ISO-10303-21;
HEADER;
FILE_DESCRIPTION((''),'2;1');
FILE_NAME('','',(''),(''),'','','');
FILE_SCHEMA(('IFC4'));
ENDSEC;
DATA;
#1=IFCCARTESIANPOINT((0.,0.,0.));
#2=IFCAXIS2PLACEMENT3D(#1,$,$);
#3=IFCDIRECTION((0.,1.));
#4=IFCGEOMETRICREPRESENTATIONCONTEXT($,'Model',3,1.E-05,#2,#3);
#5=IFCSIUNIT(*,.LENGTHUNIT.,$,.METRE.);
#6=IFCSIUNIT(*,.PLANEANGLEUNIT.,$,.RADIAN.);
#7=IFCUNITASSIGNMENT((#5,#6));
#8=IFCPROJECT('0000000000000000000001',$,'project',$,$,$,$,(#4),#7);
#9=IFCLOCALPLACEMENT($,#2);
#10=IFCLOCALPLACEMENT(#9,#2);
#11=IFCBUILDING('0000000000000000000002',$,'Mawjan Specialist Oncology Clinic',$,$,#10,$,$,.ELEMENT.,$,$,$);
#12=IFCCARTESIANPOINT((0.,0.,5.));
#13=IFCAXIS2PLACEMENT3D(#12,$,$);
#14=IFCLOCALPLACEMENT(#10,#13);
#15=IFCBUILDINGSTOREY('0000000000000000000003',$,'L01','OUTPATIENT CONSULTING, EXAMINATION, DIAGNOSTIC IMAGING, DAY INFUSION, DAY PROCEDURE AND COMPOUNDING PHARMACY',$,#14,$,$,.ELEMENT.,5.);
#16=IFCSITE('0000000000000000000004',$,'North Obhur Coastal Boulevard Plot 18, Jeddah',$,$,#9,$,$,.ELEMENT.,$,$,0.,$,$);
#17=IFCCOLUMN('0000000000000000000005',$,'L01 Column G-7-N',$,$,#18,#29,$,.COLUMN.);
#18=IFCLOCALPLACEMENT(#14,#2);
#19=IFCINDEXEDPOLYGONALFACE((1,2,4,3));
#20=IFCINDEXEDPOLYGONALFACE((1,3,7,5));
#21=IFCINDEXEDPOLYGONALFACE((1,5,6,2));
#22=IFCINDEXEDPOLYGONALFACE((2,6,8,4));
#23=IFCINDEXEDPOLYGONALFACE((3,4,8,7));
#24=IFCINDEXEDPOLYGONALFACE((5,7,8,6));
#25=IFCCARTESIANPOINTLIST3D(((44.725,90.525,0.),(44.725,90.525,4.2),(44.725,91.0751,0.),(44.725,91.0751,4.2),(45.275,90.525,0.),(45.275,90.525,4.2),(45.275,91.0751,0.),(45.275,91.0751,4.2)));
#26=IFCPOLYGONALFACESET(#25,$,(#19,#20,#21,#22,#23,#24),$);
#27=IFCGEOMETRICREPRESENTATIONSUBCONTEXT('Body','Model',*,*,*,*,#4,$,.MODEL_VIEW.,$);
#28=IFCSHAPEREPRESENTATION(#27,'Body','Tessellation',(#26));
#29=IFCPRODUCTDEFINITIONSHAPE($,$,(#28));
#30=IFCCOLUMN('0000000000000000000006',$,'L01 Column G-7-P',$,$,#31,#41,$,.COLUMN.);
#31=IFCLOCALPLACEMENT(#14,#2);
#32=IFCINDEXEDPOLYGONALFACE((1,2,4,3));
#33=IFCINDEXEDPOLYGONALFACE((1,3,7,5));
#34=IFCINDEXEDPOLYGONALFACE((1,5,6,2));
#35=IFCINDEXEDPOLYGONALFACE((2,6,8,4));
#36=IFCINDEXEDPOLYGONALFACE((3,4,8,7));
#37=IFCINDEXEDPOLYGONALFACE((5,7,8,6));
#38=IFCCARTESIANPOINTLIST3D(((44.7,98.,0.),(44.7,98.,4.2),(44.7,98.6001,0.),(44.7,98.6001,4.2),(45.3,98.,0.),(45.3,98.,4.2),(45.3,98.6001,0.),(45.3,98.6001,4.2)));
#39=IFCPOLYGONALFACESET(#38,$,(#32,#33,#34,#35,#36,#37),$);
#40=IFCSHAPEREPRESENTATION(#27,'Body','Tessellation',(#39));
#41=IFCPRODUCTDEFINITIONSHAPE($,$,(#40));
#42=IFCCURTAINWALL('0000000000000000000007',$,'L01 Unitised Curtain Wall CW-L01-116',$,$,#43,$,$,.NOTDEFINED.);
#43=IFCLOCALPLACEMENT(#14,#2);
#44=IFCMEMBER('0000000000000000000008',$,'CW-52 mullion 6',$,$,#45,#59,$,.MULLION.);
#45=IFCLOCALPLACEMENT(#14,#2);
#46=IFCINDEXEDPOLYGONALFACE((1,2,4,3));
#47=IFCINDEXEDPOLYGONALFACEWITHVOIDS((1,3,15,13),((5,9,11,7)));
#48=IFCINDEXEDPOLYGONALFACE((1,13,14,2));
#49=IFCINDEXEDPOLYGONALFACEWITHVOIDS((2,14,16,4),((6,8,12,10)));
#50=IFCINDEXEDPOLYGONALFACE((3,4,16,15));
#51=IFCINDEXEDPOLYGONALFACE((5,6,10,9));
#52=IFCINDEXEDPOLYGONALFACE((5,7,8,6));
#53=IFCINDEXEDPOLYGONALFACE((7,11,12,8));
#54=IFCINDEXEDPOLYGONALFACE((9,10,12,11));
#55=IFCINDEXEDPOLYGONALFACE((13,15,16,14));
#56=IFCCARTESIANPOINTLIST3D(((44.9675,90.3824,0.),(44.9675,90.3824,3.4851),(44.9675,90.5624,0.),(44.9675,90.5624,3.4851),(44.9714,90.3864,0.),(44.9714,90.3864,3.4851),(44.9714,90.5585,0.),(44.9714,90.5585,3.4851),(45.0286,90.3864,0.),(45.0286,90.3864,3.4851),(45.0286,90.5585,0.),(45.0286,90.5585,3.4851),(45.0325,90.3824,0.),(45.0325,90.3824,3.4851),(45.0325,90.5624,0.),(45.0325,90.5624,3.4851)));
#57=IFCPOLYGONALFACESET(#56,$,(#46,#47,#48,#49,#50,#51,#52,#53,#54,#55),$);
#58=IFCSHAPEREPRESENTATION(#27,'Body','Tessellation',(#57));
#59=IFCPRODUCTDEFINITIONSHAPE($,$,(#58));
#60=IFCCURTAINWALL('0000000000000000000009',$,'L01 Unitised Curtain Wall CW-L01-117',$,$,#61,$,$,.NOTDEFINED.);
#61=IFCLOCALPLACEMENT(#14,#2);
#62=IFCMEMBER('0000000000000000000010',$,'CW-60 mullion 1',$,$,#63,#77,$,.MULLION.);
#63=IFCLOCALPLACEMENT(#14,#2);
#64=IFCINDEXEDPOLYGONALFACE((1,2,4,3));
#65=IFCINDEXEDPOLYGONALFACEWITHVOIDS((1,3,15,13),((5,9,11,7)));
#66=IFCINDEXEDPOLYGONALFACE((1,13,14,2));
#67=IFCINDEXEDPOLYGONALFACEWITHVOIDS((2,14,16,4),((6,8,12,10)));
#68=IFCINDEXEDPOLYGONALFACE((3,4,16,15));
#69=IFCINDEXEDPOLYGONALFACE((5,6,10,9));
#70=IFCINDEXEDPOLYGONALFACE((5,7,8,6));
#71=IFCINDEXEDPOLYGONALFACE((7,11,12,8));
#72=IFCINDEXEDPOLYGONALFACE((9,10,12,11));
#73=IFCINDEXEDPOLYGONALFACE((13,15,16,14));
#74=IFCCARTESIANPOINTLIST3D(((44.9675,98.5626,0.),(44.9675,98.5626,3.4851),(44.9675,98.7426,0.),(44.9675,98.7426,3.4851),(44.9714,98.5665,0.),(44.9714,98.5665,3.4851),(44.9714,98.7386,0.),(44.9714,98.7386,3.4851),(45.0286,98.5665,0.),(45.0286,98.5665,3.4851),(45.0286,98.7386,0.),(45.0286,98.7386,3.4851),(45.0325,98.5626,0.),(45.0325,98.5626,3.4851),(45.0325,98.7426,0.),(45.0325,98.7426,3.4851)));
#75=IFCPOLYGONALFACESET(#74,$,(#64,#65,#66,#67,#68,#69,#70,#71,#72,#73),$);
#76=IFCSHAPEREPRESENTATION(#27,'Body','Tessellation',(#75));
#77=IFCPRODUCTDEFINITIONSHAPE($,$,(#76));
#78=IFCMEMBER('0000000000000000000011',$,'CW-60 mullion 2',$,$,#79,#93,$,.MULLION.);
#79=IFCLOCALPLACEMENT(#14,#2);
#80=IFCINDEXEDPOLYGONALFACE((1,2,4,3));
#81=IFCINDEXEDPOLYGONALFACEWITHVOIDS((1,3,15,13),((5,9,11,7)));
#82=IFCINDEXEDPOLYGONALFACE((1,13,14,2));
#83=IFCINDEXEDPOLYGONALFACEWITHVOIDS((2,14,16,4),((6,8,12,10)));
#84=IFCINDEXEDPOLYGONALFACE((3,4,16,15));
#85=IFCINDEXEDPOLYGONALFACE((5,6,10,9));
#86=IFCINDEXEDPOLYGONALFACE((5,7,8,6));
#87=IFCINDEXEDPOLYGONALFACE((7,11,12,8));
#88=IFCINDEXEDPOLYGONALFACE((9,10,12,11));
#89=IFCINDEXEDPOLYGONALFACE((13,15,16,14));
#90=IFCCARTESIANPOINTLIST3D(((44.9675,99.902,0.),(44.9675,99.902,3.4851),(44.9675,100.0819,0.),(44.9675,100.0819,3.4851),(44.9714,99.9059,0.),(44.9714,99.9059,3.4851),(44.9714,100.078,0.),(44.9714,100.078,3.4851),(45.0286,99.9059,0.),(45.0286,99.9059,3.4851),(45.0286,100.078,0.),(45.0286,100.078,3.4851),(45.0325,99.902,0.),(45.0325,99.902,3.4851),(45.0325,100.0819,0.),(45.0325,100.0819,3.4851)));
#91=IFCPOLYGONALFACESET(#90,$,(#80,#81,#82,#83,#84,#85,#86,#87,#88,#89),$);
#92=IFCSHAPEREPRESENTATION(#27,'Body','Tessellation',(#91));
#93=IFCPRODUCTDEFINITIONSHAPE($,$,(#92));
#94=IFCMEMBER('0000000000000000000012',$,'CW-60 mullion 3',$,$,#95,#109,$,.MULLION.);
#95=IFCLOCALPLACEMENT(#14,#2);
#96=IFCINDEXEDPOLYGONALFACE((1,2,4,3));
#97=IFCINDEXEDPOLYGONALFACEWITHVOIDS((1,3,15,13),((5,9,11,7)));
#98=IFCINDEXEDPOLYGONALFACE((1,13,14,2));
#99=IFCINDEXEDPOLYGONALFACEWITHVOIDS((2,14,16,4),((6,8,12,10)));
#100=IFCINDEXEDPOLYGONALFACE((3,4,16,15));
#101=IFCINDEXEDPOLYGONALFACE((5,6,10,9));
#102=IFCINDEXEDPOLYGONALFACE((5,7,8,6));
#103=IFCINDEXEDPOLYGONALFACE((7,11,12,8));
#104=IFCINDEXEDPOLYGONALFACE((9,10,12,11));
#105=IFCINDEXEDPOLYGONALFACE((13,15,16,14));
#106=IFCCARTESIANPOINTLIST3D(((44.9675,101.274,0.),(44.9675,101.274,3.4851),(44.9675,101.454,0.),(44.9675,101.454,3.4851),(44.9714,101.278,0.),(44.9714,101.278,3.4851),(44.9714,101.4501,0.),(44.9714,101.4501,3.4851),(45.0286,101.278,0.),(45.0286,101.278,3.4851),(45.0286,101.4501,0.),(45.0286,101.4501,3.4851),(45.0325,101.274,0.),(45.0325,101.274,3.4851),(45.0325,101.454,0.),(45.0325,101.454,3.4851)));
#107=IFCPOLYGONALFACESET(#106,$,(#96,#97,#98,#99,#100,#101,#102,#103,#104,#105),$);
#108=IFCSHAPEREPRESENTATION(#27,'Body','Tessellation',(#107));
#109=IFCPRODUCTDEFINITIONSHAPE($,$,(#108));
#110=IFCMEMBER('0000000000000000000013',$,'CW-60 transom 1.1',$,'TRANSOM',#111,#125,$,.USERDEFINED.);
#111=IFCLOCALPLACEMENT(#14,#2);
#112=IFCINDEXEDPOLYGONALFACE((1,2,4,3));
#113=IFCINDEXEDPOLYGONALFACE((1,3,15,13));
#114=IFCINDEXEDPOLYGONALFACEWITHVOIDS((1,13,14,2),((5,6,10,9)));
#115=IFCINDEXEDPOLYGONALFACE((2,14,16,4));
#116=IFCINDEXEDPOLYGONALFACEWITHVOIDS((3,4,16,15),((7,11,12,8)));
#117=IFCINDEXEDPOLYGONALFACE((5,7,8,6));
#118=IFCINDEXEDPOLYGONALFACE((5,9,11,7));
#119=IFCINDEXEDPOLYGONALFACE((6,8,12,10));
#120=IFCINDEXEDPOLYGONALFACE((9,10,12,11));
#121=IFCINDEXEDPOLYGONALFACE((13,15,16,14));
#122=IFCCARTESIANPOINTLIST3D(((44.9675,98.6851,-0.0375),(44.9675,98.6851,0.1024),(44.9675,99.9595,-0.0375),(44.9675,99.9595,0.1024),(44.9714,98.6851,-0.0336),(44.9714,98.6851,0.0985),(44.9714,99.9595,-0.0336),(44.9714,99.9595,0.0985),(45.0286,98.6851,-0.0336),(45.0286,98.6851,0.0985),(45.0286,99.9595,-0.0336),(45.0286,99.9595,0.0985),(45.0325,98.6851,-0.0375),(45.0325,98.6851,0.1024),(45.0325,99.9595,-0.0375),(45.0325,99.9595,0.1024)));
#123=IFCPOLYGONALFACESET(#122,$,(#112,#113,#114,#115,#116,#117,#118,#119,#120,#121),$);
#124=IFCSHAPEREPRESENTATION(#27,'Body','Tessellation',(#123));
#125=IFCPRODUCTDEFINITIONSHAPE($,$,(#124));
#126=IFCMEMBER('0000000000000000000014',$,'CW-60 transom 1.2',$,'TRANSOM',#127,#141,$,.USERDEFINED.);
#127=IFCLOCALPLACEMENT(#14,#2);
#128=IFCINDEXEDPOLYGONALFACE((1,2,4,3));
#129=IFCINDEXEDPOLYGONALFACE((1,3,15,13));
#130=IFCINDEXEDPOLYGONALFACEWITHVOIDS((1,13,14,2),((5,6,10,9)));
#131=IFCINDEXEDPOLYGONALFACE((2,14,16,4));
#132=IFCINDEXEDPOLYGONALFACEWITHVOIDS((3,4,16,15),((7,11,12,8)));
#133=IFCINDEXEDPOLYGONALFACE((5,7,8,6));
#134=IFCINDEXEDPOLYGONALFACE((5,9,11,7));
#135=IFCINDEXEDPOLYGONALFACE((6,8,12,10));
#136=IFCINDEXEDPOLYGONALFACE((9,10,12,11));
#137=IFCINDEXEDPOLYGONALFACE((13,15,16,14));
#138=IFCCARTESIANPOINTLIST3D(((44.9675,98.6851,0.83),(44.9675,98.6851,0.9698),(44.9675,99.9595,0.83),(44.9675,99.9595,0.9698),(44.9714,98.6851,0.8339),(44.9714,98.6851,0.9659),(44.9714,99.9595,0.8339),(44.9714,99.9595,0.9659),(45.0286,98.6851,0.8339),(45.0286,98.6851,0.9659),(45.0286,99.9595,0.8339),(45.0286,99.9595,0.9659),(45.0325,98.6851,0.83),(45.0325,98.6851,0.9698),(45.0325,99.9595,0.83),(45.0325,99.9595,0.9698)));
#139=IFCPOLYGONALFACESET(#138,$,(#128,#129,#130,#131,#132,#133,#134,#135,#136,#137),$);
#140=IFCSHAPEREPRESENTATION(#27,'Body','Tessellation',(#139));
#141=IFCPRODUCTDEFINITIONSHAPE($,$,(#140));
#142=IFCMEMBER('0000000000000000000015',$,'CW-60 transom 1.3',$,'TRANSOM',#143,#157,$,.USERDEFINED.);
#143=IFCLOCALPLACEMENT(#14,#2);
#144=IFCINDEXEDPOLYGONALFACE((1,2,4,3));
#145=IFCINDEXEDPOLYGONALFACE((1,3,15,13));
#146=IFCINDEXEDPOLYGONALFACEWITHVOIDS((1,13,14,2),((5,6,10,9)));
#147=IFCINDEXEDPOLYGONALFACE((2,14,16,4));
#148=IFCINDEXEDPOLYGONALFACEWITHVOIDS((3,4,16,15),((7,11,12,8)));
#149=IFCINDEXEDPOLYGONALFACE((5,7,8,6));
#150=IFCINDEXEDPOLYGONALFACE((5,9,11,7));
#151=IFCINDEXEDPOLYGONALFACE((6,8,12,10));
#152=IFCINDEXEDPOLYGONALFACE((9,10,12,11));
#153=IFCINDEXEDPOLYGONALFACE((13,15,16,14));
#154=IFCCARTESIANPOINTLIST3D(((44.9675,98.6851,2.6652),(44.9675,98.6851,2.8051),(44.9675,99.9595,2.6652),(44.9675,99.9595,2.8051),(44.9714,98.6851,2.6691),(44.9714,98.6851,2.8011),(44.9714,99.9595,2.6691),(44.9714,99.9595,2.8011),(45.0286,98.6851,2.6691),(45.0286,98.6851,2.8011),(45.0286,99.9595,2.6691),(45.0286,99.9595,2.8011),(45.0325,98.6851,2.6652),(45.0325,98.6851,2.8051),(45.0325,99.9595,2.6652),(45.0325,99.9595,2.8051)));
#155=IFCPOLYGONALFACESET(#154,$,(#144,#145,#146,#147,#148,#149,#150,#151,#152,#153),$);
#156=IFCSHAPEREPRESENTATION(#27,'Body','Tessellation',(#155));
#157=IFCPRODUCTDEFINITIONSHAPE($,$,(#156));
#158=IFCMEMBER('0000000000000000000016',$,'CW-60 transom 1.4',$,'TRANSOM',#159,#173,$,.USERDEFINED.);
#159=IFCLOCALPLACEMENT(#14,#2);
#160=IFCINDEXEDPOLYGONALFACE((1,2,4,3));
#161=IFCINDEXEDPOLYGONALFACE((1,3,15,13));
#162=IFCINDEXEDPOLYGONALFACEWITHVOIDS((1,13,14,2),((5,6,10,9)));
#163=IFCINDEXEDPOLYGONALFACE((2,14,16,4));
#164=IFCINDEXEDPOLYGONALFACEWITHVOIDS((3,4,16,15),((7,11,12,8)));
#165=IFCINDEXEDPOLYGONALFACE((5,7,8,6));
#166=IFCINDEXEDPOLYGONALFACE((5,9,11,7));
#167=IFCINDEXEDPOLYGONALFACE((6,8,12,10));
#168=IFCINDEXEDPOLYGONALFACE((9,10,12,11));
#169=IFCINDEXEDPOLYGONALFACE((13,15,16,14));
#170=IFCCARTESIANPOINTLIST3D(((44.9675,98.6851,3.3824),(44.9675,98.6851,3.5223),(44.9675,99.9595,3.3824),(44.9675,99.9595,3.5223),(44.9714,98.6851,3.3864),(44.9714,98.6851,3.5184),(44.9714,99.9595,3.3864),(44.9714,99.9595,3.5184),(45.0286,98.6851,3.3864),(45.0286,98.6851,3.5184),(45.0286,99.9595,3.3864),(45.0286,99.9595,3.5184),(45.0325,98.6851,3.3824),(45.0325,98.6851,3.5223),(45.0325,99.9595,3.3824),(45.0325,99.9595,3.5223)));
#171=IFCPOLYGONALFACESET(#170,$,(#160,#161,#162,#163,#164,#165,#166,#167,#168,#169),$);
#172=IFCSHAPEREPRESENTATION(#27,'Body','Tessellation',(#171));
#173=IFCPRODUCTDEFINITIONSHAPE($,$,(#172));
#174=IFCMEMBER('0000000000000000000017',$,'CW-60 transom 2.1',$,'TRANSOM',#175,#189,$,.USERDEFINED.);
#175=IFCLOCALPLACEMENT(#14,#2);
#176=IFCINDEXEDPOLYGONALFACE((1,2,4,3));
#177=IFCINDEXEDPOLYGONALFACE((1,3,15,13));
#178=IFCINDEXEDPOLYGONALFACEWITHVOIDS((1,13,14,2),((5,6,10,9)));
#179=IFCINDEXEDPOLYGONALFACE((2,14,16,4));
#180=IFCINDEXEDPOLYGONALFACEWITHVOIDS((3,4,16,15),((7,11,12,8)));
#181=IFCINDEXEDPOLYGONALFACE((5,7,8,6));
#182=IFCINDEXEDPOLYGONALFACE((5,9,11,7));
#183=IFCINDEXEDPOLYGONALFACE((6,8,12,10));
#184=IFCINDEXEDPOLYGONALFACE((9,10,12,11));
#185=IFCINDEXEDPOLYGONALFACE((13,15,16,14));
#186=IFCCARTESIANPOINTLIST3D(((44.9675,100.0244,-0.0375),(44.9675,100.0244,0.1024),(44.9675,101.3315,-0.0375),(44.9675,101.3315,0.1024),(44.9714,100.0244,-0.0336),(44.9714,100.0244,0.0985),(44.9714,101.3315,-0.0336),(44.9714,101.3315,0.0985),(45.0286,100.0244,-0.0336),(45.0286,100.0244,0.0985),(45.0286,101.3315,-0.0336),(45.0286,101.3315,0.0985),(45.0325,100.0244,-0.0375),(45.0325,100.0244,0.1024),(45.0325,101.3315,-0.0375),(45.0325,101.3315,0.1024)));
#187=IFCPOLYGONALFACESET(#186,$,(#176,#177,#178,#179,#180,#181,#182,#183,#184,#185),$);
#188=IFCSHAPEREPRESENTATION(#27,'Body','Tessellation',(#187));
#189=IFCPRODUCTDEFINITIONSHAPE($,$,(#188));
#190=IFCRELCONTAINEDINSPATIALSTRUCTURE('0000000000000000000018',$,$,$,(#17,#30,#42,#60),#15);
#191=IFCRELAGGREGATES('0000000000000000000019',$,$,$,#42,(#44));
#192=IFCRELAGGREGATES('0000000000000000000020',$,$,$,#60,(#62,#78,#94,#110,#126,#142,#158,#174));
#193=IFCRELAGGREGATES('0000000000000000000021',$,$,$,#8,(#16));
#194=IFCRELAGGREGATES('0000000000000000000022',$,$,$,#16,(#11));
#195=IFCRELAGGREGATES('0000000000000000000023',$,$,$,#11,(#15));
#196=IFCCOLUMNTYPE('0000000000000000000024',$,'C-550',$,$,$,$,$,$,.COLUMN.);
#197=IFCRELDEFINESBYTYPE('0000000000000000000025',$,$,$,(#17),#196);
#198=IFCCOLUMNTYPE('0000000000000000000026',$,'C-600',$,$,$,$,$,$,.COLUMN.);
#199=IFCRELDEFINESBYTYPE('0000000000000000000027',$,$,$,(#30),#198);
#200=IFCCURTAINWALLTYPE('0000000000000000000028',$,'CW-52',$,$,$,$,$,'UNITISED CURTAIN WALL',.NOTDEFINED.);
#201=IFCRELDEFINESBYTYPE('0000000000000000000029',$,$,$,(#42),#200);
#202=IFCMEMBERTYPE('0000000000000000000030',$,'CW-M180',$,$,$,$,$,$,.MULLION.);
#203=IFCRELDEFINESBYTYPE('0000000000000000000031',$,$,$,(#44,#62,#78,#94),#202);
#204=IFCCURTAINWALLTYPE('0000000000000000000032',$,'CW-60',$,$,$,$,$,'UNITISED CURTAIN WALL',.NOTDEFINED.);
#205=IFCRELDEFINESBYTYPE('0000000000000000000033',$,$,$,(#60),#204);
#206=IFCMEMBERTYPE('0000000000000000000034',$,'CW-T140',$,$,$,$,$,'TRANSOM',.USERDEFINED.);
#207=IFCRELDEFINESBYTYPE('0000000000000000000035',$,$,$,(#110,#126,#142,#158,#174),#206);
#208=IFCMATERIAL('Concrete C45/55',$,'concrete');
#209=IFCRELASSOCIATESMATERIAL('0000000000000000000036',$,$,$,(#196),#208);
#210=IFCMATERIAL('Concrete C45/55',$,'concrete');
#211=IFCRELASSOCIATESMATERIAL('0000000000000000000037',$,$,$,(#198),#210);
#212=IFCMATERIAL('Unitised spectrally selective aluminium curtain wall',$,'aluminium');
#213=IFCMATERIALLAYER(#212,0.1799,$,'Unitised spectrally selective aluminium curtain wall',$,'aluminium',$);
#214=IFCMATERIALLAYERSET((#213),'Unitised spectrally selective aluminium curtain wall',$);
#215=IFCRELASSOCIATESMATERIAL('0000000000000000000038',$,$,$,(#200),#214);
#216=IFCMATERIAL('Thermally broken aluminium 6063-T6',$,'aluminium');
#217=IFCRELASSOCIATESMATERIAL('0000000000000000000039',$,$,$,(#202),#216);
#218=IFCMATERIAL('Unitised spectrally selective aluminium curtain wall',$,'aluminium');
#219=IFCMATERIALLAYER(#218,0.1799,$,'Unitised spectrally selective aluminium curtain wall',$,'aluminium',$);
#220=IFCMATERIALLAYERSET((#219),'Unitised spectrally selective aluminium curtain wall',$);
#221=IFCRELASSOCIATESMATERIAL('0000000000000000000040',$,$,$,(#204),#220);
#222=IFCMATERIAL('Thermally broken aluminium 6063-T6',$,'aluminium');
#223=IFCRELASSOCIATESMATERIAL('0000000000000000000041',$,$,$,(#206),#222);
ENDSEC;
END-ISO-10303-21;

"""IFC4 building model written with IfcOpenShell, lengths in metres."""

from ifc_helpers import new_model, si_unit, direction, frame, origin, origin_2d, place, context, subcontext, project, spatial, rectangle, hollow_rectangle, extrude, material, layer, layer_set, material_profile, profile_set, type_object, element, aggregate, save


model = new_model("IFC4")

# Units and contexts
model_context = context("Model", 3, precision=1e-05, world=origin(), true_north=direction((0.0, 1.0)))
body_context = subcontext(model_context, "Body", "Model", "MODEL_VIEW")
ifc_project = project(units=[si_unit("LENGTHUNIT", "METRE"), si_unit("PLANEANGLEUNIT", "RADIAN")], contexts=[model_context])

# Site, building, storey
site_placement = place(None, origin())
site = spatial("IfcSite", under=ifc_project, at=site_placement, Name="North Obhur Coastal Boulevard Plot 18, Jeddah", CompositionType="ELEMENT", RefElevation=0.0)
building_placement = place(site_placement, origin())
building = spatial("IfcBuilding", under=site, at=building_placement, Name="Mawjan Specialist Oncology Clinic", CompositionType="ELEMENT")
storey_placement = place(building_placement, frame((0.0, 0.0, 5.0)))
storey = spatial("IfcBuildingStorey", under=building, at=storey_placement, Name="L01", Description="OUTPATIENT CONSULTING, EXAMINATION, DIAGNOSTIC IMAGING, DAY INFUSION, DAY PROCEDURE AND COMPOUNDING PHARMACY", CompositionType="ELEMENT", Elevation=5.0)

# Columns
ifc_material_1 = material(Name="Concrete C45/55", Category="concrete")
ifc_material_profile_1 = material_profile(ifc_material_1, rectangle(XDim=0.55, YDim=0.55, at=origin_2d()), Name="RC COL 550x550", Category="concrete")
ifc_profile_set_1 = profile_set([ifc_material_profile_1], Name="Concrete C45/55")
column_type_1 = type_object("IfcColumnType", Name="C-550", PredefinedType="COLUMN", material=ifc_profile_set_1)
column_1_placement = place(storey_placement, frame((45.0, 90.8, 0.0), z_axis=(0.0, 0.0, 1.0), x_axis=(1.0, 0.0, 0.0)))
element("IfcColumn", 1, at=column_1_placement, inside=storey, type_object=column_type_1, Name="L01 Column G-7-N", PredefinedType="COLUMN", context=body_context, shape_type="SweptSolid", body=[
    extrude(rectangle(XDim=0.55, YDim=0.55, at=origin_2d()), origin(), (0.0, 0.0, 1.0), 4.2),
])
ifc_material_2 = material(Name="Concrete C45/55", Category="concrete")
ifc_material_profile_2 = material_profile(ifc_material_2, rectangle(XDim=0.6001, YDim=0.6001, at=origin_2d()), Name="RC COL 600x600", Category="concrete")
ifc_profile_set_2 = profile_set([ifc_material_profile_2], Name="Concrete C45/55")
column_type_2 = type_object("IfcColumnType", Name="C-600", PredefinedType="COLUMN", material=ifc_profile_set_2)
column_2_placement = place(storey_placement, frame((45.0, 98.3, 0.0), z_axis=(0.0, 0.0, 1.0), x_axis=(1.0, 0.0, 0.0)))
element("IfcColumn", 2, at=column_2_placement, inside=storey, type_object=column_type_2, Name="L01 Column G-7-P", PredefinedType="COLUMN", context=body_context, shape_type="SweptSolid", body=[
    extrude(rectangle(XDim=0.6001, YDim=0.6001, at=origin_2d()), origin(), (0.0, 0.0, 1.0), 4.2),
])

# Curtain wall, member
ifc_material_3 = material(Name="Unitised spectrally selective aluminium curtain wall", Category="aluminium")
ifc_layer_1 = layer(ifc_material_3, 0.1799, Name="Unitised spectrally selective aluminium curtain wall", Category="aluminium")
ifc_layer_set_1 = layer_set([ifc_layer_1], Name="Unitised spectrally selective aluminium curtain wall")
curtain_wall_type_1 = type_object("IfcCurtainWallType", Name="CW-52", ElementType="UNITISED CURTAIN WALL", PredefinedType="NOTDEFINED", material=ifc_layer_set_1)
curtain_wall_1_placement = place(storey_placement, origin())
curtain_wall_1 = element("IfcCurtainWall", 3, at=curtain_wall_1_placement, inside=storey, type_object=curtain_wall_type_1, Name="L01 Unitised Curtain Wall CW-L01-116", PredefinedType="NOTDEFINED")
ifc_material_4 = material(Name="Thermally broken aluminium 6063-T6", Category="aluminium")
ifc_material_profile_3 = material_profile(ifc_material_4, hollow_rectangle(XDim=0.0649, YDim=0.1799, WallThickness=0.0039, at=origin_2d()), Name="ALU MULLION 180x65x4", Category="aluminium")
ifc_profile_set_3 = profile_set([ifc_material_profile_3], Name="Thermally broken aluminium 6063-T6")
member_type_1 = type_object("IfcMemberType", Name="CW-M180", PredefinedType="MULLION", material=ifc_profile_set_3)
member_1_placement = place(storey_placement, frame((45.0, 90.4724, 0.0), z_axis=(0.0, 0.0, 1.0), x_axis=(-1.0, 0.0, 0.0)))
member_1 = element("IfcMember", 4, at=member_1_placement, type_object=member_type_1, Name="CW-52 mullion 6", PredefinedType="MULLION", context=body_context, shape_type="SweptSolid", body=[
    extrude(hollow_rectangle(XDim=0.0649, YDim=0.1799, WallThickness=0.0039, at=origin_2d()), origin(), (0.0, 0.0, 1.0), 3.4851),
])

# Curtain wall, members
ifc_material_5 = material(Name="Unitised spectrally selective aluminium curtain wall", Category="aluminium")
ifc_layer_2 = layer(ifc_material_5, 0.1799, Name="Unitised spectrally selective aluminium curtain wall", Category="aluminium")
ifc_layer_set_2 = layer_set([ifc_layer_2], Name="Unitised spectrally selective aluminium curtain wall")
curtain_wall_type_2 = type_object("IfcCurtainWallType", Name="CW-60", ElementType="UNITISED CURTAIN WALL", PredefinedType="NOTDEFINED", material=ifc_layer_set_2)
curtain_wall_2_placement = place(storey_placement, origin())
curtain_wall_2 = element("IfcCurtainWall", 5, at=curtain_wall_2_placement, inside=storey, type_object=curtain_wall_type_2, Name="L01 Unitised Curtain Wall CW-L01-117", PredefinedType="NOTDEFINED")
member_2_placement = place(storey_placement, frame((45.0, 98.6526, 0.0), z_axis=(0.0, 0.0, 1.0), x_axis=(-1.0, 0.0, 0.0)))
member_2 = element("IfcMember", 6, at=member_2_placement, type_object=member_type_1, Name="CW-60 mullion 1", PredefinedType="MULLION", context=body_context, shape_type="SweptSolid", body=[
    extrude(hollow_rectangle(XDim=0.0649, YDim=0.1799, WallThickness=0.0039, at=origin_2d()), origin(), (0.0, 0.0, 1.0), 3.4851),
])
member_3_placement = place(storey_placement, frame((45.0, 99.9919, 0.0), z_axis=(0.0, 0.0, 1.0), x_axis=(-1.0, 0.0, 0.0)))
member_3 = element("IfcMember", 7, at=member_3_placement, type_object=member_type_1, Name="CW-60 mullion 2", PredefinedType="MULLION", context=body_context, shape_type="SweptSolid", body=[
    extrude(hollow_rectangle(XDim=0.0649, YDim=0.1799, WallThickness=0.0039, at=origin_2d()), origin(), (0.0, 0.0, 1.0), 3.4851),
])
member_4_placement = place(storey_placement, frame((45.0, 101.364, 0.0), z_axis=(0.0, 0.0, 1.0), x_axis=(-1.0, 0.0, 0.0)))
member_4 = element("IfcMember", 8, at=member_4_placement, type_object=member_type_1, Name="CW-60 mullion 3", PredefinedType="MULLION", context=body_context, shape_type="SweptSolid", body=[
    extrude(hollow_rectangle(XDim=0.0649, YDim=0.1799, WallThickness=0.0039, at=origin_2d()), origin(), (0.0, 0.0, 1.0), 3.4851),
])
ifc_material_6 = material(Name="Thermally broken aluminium 6063-T6", Category="aluminium")
ifc_material_profile_4 = material_profile(ifc_material_6, hollow_rectangle(XDim=0.0649, YDim=0.1399, WallThickness=0.0039, at=origin_2d()), Name="ALU TRANSOM 140x65x4", Category="aluminium")
ifc_profile_set_4 = profile_set([ifc_material_profile_4], Name="Thermally broken aluminium 6063-T6")
member_type_2 = type_object("IfcMemberType", Name="CW-T140", ElementType="TRANSOM", PredefinedType="USERDEFINED", material=ifc_profile_set_4)
member_5_placement = place(storey_placement, frame((45.0, 98.6851, 0.0325), z_axis=(0.0, 1.0, 0.0), x_axis=(-1.0, 0.0, 0.0)))
member_5 = element("IfcMember", 9, at=member_5_placement, type_object=member_type_2, Name="CW-60 transom 1.1", ObjectType="TRANSOM", PredefinedType="USERDEFINED", context=body_context, shape_type="SweptSolid", body=[
    extrude(hollow_rectangle(XDim=0.0649, YDim=0.1399, WallThickness=0.0039, at=origin_2d()), origin(), (0.0, 0.0, 1.0), 1.2744),
])
member_6_placement = place(storey_placement, frame((45.0, 98.6851, 0.8999), z_axis=(0.0, 1.0, 0.0), x_axis=(-1.0, 0.0, 0.0)))
member_6 = element("IfcMember", 10, at=member_6_placement, type_object=member_type_2, Name="CW-60 transom 1.2", ObjectType="TRANSOM", PredefinedType="USERDEFINED", context=body_context, shape_type="SweptSolid", body=[
    extrude(hollow_rectangle(XDim=0.0649, YDim=0.1399, WallThickness=0.0039, at=origin_2d()), origin(), (0.0, 0.0, 1.0), 1.2744),
])
member_7_placement = place(storey_placement, frame((45.0, 98.6851, 2.7351), z_axis=(0.0, 1.0, 0.0), x_axis=(-1.0, 0.0, 0.0)))
member_7 = element("IfcMember", 11, at=member_7_placement, type_object=member_type_2, Name="CW-60 transom 1.3", ObjectType="TRANSOM", PredefinedType="USERDEFINED", context=body_context, shape_type="SweptSolid", body=[
    extrude(hollow_rectangle(XDim=0.0649, YDim=0.1399, WallThickness=0.0039, at=origin_2d()), origin(), (0.0, 0.0, 1.0), 1.2744),
])
member_8_placement = place(storey_placement, frame((45.0, 98.6851, 3.4524), z_axis=(0.0, 1.0, 0.0), x_axis=(-1.0, 0.0, 0.0)))
member_8 = element("IfcMember", 12, at=member_8_placement, type_object=member_type_2, Name="CW-60 transom 1.4", ObjectType="TRANSOM", PredefinedType="USERDEFINED", context=body_context, shape_type="SweptSolid", body=[
    extrude(hollow_rectangle(XDim=0.0649, YDim=0.1399, WallThickness=0.0039, at=origin_2d()), origin(), (0.0, 0.0, 1.0), 1.2744),
])
member_9_placement = place(storey_placement, frame((45.0, 100.0244, 0.0325), z_axis=(0.0, 1.0, 0.0), x_axis=(-1.0, 0.0, 0.0)))
member_9 = element("IfcMember", 13, at=member_9_placement, type_object=member_type_2, Name="CW-60 transom 2.1", ObjectType="TRANSOM", PredefinedType="USERDEFINED", context=body_context, shape_type="SweptSolid", body=[
    extrude(hollow_rectangle(XDim=0.0649, YDim=0.1399, WallThickness=0.0039, at=origin_2d()), origin(), (0.0, 0.0, 1.0), 1.3071),
])

aggregate(curtain_wall_1, [member_1])
aggregate(curtain_wall_2, [member_2, member_3, member_4, member_5, member_6, member_7, member_8, member_9])

save(model, "model.ifc")
